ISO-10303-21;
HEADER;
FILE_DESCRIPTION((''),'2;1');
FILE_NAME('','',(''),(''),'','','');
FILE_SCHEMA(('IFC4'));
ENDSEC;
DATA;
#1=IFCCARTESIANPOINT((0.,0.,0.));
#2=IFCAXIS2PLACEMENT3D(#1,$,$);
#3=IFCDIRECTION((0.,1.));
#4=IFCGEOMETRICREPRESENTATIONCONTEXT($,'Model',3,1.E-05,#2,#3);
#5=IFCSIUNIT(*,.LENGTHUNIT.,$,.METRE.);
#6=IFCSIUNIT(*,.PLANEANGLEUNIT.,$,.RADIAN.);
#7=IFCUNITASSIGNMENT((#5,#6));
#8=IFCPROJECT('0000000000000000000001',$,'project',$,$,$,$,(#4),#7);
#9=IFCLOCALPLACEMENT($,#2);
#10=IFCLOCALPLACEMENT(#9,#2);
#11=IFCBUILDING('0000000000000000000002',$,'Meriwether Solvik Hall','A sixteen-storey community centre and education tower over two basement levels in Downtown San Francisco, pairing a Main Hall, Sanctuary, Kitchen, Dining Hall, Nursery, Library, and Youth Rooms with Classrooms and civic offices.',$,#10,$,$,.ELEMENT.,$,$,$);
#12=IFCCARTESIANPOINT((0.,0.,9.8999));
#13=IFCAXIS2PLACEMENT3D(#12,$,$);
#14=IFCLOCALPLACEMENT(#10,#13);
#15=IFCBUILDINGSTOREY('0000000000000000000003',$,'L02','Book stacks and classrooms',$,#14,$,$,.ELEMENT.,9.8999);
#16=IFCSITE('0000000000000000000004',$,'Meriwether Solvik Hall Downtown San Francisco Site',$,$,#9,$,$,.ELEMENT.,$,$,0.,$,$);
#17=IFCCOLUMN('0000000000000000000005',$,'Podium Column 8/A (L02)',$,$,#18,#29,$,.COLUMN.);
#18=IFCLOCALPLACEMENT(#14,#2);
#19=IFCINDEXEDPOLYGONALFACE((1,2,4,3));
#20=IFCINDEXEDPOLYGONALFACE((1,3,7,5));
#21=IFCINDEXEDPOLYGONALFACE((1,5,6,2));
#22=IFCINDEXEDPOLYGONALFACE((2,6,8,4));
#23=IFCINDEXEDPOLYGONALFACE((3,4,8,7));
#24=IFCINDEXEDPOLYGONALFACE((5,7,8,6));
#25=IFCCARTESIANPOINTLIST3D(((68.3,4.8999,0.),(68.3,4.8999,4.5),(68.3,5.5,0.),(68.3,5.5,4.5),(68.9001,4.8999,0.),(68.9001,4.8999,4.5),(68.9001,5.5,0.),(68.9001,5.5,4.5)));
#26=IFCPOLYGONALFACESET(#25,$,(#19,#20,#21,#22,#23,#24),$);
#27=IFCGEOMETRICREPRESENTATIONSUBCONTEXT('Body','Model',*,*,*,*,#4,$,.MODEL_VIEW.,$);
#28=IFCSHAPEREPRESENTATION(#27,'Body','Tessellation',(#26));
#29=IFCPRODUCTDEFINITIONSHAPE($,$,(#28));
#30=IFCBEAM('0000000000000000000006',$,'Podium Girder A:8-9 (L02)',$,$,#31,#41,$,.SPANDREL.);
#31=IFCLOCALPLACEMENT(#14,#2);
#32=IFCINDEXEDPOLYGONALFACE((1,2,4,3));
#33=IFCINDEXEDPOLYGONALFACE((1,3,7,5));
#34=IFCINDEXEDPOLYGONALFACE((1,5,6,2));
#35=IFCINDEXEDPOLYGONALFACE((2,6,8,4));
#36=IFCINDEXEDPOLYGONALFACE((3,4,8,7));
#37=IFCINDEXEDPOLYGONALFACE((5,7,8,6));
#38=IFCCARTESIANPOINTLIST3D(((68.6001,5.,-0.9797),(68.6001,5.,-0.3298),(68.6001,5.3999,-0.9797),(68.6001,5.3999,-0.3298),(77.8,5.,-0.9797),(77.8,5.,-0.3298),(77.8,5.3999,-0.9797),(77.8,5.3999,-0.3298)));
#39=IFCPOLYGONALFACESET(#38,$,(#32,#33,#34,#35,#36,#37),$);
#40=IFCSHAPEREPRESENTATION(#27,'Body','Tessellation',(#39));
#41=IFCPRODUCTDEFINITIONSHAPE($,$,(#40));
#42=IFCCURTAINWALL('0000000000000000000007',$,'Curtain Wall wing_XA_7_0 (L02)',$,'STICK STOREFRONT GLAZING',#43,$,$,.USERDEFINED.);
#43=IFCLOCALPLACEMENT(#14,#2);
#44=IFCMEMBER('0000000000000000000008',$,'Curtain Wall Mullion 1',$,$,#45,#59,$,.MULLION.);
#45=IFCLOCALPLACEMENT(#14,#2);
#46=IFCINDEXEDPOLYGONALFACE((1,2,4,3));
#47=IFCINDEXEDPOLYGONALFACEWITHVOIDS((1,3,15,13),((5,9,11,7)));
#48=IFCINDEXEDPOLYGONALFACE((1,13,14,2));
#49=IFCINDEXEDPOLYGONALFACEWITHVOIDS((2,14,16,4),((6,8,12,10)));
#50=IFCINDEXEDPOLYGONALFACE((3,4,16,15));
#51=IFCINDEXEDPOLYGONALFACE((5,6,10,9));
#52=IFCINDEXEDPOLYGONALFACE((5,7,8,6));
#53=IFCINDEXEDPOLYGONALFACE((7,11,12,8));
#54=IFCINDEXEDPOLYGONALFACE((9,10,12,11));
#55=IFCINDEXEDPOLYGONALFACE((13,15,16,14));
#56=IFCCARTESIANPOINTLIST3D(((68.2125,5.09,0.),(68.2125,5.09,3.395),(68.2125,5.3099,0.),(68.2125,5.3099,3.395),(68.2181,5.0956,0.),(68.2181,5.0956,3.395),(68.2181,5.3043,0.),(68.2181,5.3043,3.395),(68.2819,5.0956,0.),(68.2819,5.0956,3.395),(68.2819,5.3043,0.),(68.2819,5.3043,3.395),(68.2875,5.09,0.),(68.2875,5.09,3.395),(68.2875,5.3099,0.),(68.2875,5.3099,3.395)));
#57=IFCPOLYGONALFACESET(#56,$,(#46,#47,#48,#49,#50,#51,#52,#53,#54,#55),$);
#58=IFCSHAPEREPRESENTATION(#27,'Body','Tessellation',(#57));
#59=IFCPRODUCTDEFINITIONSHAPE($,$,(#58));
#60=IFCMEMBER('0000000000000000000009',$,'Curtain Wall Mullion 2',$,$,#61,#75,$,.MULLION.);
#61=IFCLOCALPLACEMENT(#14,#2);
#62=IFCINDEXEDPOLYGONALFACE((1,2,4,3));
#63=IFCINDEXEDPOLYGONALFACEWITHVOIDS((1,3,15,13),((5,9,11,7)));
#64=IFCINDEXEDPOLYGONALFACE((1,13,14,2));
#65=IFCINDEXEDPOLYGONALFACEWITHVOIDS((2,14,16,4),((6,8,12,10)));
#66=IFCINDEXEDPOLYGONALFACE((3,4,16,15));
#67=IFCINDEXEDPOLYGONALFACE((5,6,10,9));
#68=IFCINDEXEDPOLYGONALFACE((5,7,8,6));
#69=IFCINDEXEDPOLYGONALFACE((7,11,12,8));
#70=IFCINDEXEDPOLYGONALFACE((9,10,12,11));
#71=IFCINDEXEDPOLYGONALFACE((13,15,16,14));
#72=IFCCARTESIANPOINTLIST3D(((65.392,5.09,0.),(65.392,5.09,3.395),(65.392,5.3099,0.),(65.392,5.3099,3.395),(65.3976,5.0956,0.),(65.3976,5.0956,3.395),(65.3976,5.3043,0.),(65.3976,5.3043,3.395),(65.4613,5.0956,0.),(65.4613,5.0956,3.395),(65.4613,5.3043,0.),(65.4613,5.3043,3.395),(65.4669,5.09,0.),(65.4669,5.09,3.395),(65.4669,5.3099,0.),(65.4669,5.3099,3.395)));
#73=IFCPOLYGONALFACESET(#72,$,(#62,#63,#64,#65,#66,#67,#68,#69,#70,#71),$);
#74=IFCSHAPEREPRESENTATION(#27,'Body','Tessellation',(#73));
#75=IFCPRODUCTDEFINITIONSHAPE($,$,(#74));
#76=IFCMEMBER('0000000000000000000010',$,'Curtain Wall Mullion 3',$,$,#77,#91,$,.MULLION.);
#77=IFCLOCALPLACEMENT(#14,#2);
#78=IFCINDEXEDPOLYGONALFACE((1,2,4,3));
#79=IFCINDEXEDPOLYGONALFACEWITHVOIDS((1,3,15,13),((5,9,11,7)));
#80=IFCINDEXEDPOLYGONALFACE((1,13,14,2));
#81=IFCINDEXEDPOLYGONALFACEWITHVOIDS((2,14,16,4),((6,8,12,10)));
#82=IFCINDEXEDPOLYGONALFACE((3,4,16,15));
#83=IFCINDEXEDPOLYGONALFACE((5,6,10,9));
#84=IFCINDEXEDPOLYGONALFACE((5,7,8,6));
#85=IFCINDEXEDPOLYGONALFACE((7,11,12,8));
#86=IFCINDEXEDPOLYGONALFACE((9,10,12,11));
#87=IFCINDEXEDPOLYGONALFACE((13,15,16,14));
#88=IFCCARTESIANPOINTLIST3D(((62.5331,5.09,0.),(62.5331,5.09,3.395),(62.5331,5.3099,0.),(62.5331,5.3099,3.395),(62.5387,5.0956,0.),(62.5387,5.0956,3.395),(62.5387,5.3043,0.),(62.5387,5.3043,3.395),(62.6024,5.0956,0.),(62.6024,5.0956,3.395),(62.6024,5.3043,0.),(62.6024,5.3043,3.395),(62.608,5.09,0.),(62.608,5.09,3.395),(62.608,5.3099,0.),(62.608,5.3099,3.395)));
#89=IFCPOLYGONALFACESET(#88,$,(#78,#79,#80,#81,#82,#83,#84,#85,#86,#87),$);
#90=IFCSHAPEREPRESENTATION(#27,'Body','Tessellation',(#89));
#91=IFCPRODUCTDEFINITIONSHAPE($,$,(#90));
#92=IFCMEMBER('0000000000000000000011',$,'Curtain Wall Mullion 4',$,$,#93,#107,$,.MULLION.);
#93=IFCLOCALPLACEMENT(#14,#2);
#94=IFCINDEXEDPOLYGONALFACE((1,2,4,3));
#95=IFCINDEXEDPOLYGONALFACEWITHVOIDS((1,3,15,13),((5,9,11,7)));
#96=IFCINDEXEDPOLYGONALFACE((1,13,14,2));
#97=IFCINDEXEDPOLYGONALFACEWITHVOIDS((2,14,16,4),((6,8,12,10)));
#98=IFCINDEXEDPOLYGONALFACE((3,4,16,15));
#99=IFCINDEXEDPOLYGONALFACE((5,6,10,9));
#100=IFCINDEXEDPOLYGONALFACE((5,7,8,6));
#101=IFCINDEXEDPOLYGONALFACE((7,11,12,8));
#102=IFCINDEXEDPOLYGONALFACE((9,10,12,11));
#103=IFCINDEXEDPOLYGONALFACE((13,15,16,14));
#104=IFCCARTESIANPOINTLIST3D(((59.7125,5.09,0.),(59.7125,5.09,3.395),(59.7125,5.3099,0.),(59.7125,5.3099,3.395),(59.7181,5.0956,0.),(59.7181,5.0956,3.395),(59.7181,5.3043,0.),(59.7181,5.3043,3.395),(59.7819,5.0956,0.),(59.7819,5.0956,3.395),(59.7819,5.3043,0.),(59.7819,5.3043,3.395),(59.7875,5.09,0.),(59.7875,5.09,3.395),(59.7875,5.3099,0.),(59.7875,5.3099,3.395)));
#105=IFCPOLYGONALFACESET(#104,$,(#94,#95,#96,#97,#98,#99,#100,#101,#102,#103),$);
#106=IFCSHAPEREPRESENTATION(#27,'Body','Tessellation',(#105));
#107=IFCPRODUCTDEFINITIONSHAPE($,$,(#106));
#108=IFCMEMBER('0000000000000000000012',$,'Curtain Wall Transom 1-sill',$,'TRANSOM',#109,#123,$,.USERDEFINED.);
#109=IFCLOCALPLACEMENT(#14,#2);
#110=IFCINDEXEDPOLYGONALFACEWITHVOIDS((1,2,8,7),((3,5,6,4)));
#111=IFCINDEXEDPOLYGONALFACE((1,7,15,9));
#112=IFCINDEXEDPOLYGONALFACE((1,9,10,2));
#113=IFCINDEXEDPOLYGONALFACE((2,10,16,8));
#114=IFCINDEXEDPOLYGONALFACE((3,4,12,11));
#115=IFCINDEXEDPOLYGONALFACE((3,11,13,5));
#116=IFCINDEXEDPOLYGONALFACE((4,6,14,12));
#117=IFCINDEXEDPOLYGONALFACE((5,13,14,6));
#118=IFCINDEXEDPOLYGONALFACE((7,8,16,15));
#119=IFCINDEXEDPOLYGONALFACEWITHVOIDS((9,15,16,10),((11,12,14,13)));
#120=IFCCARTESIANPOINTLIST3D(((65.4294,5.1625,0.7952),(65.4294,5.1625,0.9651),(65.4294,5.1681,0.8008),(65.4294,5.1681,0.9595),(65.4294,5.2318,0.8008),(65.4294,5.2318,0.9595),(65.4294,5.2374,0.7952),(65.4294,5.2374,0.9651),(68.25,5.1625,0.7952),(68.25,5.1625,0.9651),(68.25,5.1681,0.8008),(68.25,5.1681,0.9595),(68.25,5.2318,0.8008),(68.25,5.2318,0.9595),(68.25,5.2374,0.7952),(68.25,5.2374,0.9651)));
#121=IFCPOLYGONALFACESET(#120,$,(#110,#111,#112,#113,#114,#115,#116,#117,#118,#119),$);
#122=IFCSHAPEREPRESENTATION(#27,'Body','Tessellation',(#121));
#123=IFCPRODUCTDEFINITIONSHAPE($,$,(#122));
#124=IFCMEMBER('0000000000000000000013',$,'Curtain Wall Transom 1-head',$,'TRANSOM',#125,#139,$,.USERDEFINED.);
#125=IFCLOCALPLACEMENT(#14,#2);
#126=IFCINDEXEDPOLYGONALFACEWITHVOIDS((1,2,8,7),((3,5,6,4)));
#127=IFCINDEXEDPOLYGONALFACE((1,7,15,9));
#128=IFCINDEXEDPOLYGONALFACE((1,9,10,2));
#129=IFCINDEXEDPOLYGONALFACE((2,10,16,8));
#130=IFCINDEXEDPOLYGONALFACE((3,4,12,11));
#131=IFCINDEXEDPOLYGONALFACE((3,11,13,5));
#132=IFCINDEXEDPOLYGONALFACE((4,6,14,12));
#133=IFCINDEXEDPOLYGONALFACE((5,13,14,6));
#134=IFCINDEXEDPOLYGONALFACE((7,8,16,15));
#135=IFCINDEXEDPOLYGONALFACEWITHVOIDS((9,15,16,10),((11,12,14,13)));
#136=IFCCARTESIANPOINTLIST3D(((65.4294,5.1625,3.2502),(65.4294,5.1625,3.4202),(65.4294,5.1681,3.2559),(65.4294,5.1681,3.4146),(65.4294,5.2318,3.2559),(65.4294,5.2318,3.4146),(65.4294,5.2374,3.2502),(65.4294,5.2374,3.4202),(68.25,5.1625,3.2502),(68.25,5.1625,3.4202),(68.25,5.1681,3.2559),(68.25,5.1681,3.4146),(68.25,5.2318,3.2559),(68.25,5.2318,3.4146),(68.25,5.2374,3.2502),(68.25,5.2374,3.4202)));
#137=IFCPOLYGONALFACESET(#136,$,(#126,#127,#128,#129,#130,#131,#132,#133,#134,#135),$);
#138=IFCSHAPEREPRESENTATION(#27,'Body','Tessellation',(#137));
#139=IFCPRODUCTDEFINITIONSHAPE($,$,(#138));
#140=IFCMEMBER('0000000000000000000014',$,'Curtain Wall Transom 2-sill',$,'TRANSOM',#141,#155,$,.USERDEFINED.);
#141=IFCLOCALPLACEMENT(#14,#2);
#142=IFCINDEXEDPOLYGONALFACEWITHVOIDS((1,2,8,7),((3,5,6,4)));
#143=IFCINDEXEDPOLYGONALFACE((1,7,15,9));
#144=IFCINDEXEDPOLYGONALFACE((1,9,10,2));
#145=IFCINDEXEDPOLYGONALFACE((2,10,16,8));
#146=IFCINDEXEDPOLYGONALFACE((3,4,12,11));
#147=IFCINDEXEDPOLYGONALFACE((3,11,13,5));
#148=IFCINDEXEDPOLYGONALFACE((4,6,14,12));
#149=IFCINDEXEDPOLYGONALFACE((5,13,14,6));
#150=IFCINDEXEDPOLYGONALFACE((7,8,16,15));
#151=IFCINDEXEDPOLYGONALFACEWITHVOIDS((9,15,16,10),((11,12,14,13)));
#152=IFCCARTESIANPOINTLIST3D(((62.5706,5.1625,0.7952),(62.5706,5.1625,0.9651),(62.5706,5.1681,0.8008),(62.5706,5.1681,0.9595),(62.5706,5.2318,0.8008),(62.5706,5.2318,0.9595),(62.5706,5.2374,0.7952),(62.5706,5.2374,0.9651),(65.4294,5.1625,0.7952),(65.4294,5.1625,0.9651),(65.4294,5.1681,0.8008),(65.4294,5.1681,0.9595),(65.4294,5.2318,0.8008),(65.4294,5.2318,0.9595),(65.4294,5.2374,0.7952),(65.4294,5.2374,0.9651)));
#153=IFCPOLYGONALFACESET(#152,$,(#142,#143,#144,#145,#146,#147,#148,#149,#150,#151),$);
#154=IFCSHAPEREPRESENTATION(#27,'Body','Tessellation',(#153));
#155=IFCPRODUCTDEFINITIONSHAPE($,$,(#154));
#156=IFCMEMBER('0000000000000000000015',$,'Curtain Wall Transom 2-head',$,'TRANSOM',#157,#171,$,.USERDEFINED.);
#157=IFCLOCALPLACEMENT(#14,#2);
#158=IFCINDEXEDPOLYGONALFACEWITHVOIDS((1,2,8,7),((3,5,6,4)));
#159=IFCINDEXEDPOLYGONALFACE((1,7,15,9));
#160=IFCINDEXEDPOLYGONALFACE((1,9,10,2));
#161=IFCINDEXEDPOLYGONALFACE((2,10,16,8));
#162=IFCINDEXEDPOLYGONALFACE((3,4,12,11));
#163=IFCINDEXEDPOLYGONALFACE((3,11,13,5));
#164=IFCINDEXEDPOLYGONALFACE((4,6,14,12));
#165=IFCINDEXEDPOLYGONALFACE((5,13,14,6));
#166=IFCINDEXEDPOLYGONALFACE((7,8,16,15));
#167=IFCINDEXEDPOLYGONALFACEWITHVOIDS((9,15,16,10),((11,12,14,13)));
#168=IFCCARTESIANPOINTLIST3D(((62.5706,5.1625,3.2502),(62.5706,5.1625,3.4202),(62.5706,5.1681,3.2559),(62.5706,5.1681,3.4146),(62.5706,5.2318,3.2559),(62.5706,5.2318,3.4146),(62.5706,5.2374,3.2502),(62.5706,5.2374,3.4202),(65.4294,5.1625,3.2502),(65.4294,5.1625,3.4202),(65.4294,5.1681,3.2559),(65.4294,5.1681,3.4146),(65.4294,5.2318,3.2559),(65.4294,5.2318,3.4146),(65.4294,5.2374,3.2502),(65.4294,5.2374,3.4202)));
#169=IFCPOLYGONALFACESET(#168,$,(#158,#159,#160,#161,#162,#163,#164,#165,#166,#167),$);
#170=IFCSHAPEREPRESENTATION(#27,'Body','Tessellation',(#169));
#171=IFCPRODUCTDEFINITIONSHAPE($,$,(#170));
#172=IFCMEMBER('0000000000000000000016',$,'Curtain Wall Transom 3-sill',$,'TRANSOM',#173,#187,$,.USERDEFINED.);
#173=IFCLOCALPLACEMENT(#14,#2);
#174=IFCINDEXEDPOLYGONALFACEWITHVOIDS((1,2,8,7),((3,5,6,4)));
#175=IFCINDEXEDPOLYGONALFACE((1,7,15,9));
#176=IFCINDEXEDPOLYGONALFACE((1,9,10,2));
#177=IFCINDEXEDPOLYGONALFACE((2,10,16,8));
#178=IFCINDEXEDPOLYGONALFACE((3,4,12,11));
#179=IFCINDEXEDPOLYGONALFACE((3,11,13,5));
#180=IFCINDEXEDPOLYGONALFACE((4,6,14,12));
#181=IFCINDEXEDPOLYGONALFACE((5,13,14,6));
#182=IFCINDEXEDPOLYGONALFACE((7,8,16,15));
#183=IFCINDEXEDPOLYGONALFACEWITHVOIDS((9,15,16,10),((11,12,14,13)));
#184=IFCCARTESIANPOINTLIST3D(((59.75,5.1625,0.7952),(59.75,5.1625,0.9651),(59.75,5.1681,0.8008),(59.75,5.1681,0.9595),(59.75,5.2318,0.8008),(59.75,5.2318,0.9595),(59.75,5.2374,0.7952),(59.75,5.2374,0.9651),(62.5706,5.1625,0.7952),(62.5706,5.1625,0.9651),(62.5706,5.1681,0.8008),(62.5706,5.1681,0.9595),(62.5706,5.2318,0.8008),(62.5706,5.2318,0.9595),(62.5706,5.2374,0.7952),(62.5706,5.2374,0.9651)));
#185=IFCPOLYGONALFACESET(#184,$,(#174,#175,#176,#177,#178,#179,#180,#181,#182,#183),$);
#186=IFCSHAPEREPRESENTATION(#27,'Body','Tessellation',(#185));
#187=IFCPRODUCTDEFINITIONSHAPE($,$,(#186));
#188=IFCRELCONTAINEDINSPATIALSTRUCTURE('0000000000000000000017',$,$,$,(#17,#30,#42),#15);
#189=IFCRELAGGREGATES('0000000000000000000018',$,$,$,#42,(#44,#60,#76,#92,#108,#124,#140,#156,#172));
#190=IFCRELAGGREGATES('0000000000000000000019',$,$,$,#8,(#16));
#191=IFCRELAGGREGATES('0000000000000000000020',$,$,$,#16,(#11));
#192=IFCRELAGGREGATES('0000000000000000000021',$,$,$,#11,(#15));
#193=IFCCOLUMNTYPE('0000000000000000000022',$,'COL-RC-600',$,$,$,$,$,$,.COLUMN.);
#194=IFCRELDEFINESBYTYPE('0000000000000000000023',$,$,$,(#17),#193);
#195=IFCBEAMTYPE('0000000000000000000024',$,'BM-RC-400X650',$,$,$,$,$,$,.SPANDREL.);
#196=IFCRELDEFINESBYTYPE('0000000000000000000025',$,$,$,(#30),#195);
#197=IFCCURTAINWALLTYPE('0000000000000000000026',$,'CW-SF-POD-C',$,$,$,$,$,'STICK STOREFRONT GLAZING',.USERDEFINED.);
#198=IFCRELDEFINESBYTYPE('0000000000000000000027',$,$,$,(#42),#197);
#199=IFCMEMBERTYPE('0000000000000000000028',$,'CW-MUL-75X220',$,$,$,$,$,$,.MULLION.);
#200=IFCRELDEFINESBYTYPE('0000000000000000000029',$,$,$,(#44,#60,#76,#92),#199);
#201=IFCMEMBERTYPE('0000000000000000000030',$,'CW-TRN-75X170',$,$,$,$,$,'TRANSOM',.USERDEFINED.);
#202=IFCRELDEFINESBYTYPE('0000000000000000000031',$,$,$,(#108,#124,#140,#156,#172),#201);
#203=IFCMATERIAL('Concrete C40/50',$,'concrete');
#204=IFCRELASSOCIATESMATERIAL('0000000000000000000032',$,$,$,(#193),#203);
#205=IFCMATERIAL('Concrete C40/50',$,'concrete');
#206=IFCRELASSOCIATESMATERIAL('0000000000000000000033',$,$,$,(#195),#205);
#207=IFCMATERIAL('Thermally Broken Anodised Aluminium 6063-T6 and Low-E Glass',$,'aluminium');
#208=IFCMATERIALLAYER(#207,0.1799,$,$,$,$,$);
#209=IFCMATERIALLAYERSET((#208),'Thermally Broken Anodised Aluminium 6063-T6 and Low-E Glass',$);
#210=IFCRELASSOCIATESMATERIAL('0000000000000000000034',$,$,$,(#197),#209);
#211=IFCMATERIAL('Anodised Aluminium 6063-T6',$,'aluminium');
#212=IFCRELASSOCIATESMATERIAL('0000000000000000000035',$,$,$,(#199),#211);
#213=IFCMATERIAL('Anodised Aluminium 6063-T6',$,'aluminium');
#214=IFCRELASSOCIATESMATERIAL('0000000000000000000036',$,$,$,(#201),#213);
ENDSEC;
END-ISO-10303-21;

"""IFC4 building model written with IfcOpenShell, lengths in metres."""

from ifc_helpers import new_model, si_unit, direction, frame, origin, origin_2d, place, context, subcontext, project, spatial, rectangle, hollow_rectangle, extrude, material, layer, layer_set, material_profile, profile_set, type_object, element, aggregate, save


model = new_model("IFC4")

# Units and contexts
model_context = context("Model", 3, precision=1e-05, world=origin(), true_north=direction((0.0, 1.0)))
body_context = subcontext(model_context, "Body", "Model", "MODEL_VIEW")
ifc_project = project(units=[si_unit("LENGTHUNIT", "METRE"), si_unit("PLANEANGLEUNIT", "RADIAN")], contexts=[model_context])

# Site, building, storey
site_placement = place(None, origin())
site = spatial("IfcSite", under=ifc_project, at=site_placement, Name="Meriwether Solvik Hall Downtown San Francisco Site", CompositionType="ELEMENT", RefElevation=0.0)
building_placement = place(site_placement, origin())
building = spatial("IfcBuilding", under=site, at=building_placement, Name="Meriwether Solvik Hall", Description="A sixteen-storey community centre and education tower over two basement levels in Downtown San Francisco, pairing a Main Hall, Sanctuary, Kitchen, Dining Hall, Nursery, Library, and Youth Rooms with Classrooms and civic offices.", CompositionType="ELEMENT")
storey_placement = place(building_placement, frame((0.0, 0.0, 9.8999)))
storey = spatial("IfcBuildingStorey", under=building, at=storey_placement, Name="L02", Description="Book stacks and classrooms", CompositionType="ELEMENT", Elevation=9.8999)

# Column
ifc_material_1 = material(Name="Concrete C40/50", Category="concrete")
ifc_material_profile_1 = material_profile(ifc_material_1, rectangle(XDim=0.6001, YDim=0.6001, at=origin_2d()), Name="RCC-600X600")
ifc_profile_set_1 = profile_set([ifc_material_profile_1], Name="Concrete C40/50")
column_type = type_object("IfcColumnType", Name="COL-RC-600", PredefinedType="COLUMN", material=ifc_profile_set_1)
column_placement = place(storey_placement, frame((68.6001, 5.2, 0.0), z_axis=(0.0, 0.0, 1.0), x_axis=(1.0, 0.0, 0.0)))
element("IfcColumn", 1, at=column_placement, inside=storey, type_object=column_type, Name="Podium Column 8/A (L02)", PredefinedType="COLUMN", context=body_context, shape_type="SweptSolid", body=[
    extrude(rectangle(XDim=0.6001, YDim=0.6001, at=origin_2d()), origin(), (0.0, 0.0, 1.0), 4.5),
])

# Beam
ifc_material_2 = material(Name="Concrete C40/50", Category="concrete")
ifc_material_profile_2 = material_profile(ifc_material_2, rectangle(XDim=0.3999, YDim=0.6499, at=origin_2d()), Name="RCB-400X650")
ifc_profile_set_2 = profile_set([ifc_material_profile_2], Name="Concrete C40/50")
beam_type = type_object("IfcBeamType", Name="BM-RC-400X650", PredefinedType="SPANDREL", material=ifc_profile_set_2)
beam_placement = place(storey_placement, frame((68.6001, 5.2, -0.6548), z_axis=(1.0, 0.0, 0.0), x_axis=(0.0, 1.0, 0.0)))
element("IfcBeam", 2, at=beam_placement, inside=storey, type_object=beam_type, Name="Podium Girder A:8-9 (L02)", PredefinedType="SPANDREL", context=body_context, shape_type="SweptSolid", body=[
    extrude(rectangle(XDim=0.3999, YDim=0.6499, at=origin_2d()), origin(), (0.0, 0.0, 1.0), 9.2),
])

# Curtain wall, members
ifc_material_3 = material(Name="Thermally Broken Anodised Aluminium 6063-T6 and Low-E Glass", Category="aluminium")
ifc_layer_1 = layer(ifc_material_3, 0.1799)
ifc_layer_set_1 = layer_set([ifc_layer_1], Name="Thermally Broken Anodised Aluminium 6063-T6 and Low-E Glass")
curtain_wall_type = type_object("IfcCurtainWallType", Name="CW-SF-POD-C", ElementType="STICK STOREFRONT GLAZING", PredefinedType="USERDEFINED", material=ifc_layer_set_1)
curtain_wall_placement = place(storey_placement, origin())
curtain_wall = element("IfcCurtainWall", 3, at=curtain_wall_placement, inside=storey, type_object=curtain_wall_type, Name="Curtain Wall wing_XA_7_0 (L02)", ObjectType="STICK STOREFRONT GLAZING", PredefinedType="USERDEFINED")
ifc_material_4 = material(Name="Anodised Aluminium 6063-T6", Category="aluminium")
ifc_material_profile_3 = material_profile(ifc_material_4, hollow_rectangle(XDim=0.075, YDim=0.22, WallThickness=0.0056, at=origin_2d()), Name="CWM-75X220")
ifc_profile_set_3 = profile_set([ifc_material_profile_3], Name="Anodised Aluminium 6063-T6")
member_type_1 = type_object("IfcMemberType", Name="CW-MUL-75X220", PredefinedType="MULLION", material=ifc_profile_set_3)
member_1_placement = place(storey_placement, frame((68.25, 5.2, 0.0), z_axis=(0.0, 0.0, 1.0), x_axis=(-1.0, 0.0, 0.0)))
member_1 = element("IfcMember", 4, at=member_1_placement, type_object=member_type_1, Name="Curtain Wall Mullion 1", PredefinedType="MULLION", context=body_context, shape_type="SweptSolid", body=[
    extrude(hollow_rectangle(XDim=0.075, YDim=0.22, WallThickness=0.0056, at=origin_2d()), origin(), (0.0, 0.0, 1.0), 3.395),
])
member_2_placement = place(storey_placement, frame((65.4294, 5.2, 0.0), z_axis=(0.0, 0.0, 1.0), x_axis=(-1.0, 0.0, 0.0)))
member_2 = element("IfcMember", 5, at=member_2_placement, type_object=member_type_1, Name="Curtain Wall Mullion 2", PredefinedType="MULLION", context=body_context, shape_type="SweptSolid", body=[
    extrude(hollow_rectangle(XDim=0.075, YDim=0.22, WallThickness=0.0056, at=origin_2d()), origin(), (0.0, 0.0, 1.0), 3.395),
])
member_3_placement = place(storey_placement, frame((62.5706, 5.2, 0.0), z_axis=(0.0, 0.0, 1.0), x_axis=(-1.0, 0.0, 0.0)))
member_3 = element("IfcMember", 6, at=member_3_placement, type_object=member_type_1, Name="Curtain Wall Mullion 3", PredefinedType="MULLION", context=body_context, shape_type="SweptSolid", body=[
    extrude(hollow_rectangle(XDim=0.075, YDim=0.22, WallThickness=0.0056, at=origin_2d()), origin(), (0.0, 0.0, 1.0), 3.395),
])
member_4_placement = place(storey_placement, frame((59.75, 5.2, 0.0), z_axis=(0.0, 0.0, 1.0), x_axis=(-1.0, 0.0, 0.0)))
member_4 = element("IfcMember", 7, at=member_4_placement, type_object=member_type_1, Name="Curtain Wall Mullion 4", PredefinedType="MULLION", context=body_context, shape_type="SweptSolid", body=[
    extrude(hollow_rectangle(XDim=0.075, YDim=0.22, WallThickness=0.0056, at=origin_2d()), origin(), (0.0, 0.0, 1.0), 3.395),
])
ifc_material_5 = material(Name="Anodised Aluminium 6063-T6", Category="aluminium")
ifc_material_profile_4 = material_profile(ifc_material_5, hollow_rectangle(XDim=0.075, YDim=0.1699, WallThickness=0.0056, at=origin_2d()), Name="CWT-75X170")
ifc_profile_set_4 = profile_set([ifc_material_profile_4], Name="Anodised Aluminium 6063-T6")
member_type_2 = type_object("IfcMemberType", Name="CW-TRN-75X170", ElementType="TRANSOM", PredefinedType="USERDEFINED", material=ifc_profile_set_4)
member_5_placement = place(storey_placement, frame((68.25, 5.2, 0.8801), z_axis=(-1.0, 0.0, 0.0), x_axis=(0.0, -1.0, 0.0)))
member_5 = element("IfcMember", 8, at=member_5_placement, type_object=member_type_2, Name="Curtain Wall Transom 1-sill", ObjectType="TRANSOM", PredefinedType="USERDEFINED", context=body_context, shape_type="SweptSolid", body=[
    extrude(hollow_rectangle(XDim=0.075, YDim=0.1699, WallThickness=0.0056, at=origin_2d()), origin(), (0.0, 0.0, 1.0), 2.8206),
])
member_6_placement = place(storey_placement, frame((68.25, 5.2, 3.3352), z_axis=(-1.0, 0.0, 0.0), x_axis=(0.0, -1.0, 0.0)))
member_6 = element("IfcMember", 9, at=member_6_placement, type_object=member_type_2, Name="Curtain Wall Transom 1-head", ObjectType="TRANSOM", PredefinedType="USERDEFINED", context=body_context, shape_type="SweptSolid", body=[
    extrude(hollow_rectangle(XDim=0.075, YDim=0.1699, WallThickness=0.0056, at=origin_2d()), origin(), (0.0, 0.0, 1.0), 2.8206),
])
member_7_placement = place(storey_placement, frame((65.4294, 5.2, 0.8801), z_axis=(-1.0, 0.0, 0.0), x_axis=(0.0, -1.0, 0.0)))
member_7 = element("IfcMember", 10, at=member_7_placement, type_object=member_type_2, Name="Curtain Wall Transom 2-sill", ObjectType="TRANSOM", PredefinedType="USERDEFINED", context=body_context, shape_type="SweptSolid", body=[
    extrude(hollow_rectangle(XDim=0.075, YDim=0.1699, WallThickness=0.0056, at=origin_2d()), origin(), (0.0, 0.0, 1.0), 2.8589),
])
member_8_placement = place(storey_placement, frame((65.4294, 5.2, 3.3352), z_axis=(-1.0, 0.0, 0.0), x_axis=(0.0, -1.0, 0.0)))
member_8 = element("IfcMember", 11, at=member_8_placement, type_object=member_type_2, Name="Curtain Wall Transom 2-head", ObjectType="TRANSOM", PredefinedType="USERDEFINED", context=body_context, shape_type="SweptSolid", body=[
    extrude(hollow_rectangle(XDim=0.075, YDim=0.1699, WallThickness=0.0056, at=origin_2d()), origin(), (0.0, 0.0, 1.0), 2.8589),
])
member_9_placement = place(storey_placement, frame((62.5706, 5.2, 0.8801), z_axis=(-1.0, 0.0, 0.0), x_axis=(0.0, -1.0, 0.0)))
member_9 = element("IfcMember", 12, at=member_9_placement, type_object=member_type_2, Name="Curtain Wall Transom 3-sill", ObjectType="TRANSOM", PredefinedType="USERDEFINED", context=body_context, shape_type="SweptSolid", body=[
    extrude(hollow_rectangle(XDim=0.075, YDim=0.1699, WallThickness=0.0056, at=origin_2d()), origin(), (0.0, 0.0, 1.0), 2.8206),
])
aggregate(curtain_wall, [member_1, member_2, member_3, member_4, member_5, member_6, member_7, member_8, member_9])

save(model, "model.ifc")
